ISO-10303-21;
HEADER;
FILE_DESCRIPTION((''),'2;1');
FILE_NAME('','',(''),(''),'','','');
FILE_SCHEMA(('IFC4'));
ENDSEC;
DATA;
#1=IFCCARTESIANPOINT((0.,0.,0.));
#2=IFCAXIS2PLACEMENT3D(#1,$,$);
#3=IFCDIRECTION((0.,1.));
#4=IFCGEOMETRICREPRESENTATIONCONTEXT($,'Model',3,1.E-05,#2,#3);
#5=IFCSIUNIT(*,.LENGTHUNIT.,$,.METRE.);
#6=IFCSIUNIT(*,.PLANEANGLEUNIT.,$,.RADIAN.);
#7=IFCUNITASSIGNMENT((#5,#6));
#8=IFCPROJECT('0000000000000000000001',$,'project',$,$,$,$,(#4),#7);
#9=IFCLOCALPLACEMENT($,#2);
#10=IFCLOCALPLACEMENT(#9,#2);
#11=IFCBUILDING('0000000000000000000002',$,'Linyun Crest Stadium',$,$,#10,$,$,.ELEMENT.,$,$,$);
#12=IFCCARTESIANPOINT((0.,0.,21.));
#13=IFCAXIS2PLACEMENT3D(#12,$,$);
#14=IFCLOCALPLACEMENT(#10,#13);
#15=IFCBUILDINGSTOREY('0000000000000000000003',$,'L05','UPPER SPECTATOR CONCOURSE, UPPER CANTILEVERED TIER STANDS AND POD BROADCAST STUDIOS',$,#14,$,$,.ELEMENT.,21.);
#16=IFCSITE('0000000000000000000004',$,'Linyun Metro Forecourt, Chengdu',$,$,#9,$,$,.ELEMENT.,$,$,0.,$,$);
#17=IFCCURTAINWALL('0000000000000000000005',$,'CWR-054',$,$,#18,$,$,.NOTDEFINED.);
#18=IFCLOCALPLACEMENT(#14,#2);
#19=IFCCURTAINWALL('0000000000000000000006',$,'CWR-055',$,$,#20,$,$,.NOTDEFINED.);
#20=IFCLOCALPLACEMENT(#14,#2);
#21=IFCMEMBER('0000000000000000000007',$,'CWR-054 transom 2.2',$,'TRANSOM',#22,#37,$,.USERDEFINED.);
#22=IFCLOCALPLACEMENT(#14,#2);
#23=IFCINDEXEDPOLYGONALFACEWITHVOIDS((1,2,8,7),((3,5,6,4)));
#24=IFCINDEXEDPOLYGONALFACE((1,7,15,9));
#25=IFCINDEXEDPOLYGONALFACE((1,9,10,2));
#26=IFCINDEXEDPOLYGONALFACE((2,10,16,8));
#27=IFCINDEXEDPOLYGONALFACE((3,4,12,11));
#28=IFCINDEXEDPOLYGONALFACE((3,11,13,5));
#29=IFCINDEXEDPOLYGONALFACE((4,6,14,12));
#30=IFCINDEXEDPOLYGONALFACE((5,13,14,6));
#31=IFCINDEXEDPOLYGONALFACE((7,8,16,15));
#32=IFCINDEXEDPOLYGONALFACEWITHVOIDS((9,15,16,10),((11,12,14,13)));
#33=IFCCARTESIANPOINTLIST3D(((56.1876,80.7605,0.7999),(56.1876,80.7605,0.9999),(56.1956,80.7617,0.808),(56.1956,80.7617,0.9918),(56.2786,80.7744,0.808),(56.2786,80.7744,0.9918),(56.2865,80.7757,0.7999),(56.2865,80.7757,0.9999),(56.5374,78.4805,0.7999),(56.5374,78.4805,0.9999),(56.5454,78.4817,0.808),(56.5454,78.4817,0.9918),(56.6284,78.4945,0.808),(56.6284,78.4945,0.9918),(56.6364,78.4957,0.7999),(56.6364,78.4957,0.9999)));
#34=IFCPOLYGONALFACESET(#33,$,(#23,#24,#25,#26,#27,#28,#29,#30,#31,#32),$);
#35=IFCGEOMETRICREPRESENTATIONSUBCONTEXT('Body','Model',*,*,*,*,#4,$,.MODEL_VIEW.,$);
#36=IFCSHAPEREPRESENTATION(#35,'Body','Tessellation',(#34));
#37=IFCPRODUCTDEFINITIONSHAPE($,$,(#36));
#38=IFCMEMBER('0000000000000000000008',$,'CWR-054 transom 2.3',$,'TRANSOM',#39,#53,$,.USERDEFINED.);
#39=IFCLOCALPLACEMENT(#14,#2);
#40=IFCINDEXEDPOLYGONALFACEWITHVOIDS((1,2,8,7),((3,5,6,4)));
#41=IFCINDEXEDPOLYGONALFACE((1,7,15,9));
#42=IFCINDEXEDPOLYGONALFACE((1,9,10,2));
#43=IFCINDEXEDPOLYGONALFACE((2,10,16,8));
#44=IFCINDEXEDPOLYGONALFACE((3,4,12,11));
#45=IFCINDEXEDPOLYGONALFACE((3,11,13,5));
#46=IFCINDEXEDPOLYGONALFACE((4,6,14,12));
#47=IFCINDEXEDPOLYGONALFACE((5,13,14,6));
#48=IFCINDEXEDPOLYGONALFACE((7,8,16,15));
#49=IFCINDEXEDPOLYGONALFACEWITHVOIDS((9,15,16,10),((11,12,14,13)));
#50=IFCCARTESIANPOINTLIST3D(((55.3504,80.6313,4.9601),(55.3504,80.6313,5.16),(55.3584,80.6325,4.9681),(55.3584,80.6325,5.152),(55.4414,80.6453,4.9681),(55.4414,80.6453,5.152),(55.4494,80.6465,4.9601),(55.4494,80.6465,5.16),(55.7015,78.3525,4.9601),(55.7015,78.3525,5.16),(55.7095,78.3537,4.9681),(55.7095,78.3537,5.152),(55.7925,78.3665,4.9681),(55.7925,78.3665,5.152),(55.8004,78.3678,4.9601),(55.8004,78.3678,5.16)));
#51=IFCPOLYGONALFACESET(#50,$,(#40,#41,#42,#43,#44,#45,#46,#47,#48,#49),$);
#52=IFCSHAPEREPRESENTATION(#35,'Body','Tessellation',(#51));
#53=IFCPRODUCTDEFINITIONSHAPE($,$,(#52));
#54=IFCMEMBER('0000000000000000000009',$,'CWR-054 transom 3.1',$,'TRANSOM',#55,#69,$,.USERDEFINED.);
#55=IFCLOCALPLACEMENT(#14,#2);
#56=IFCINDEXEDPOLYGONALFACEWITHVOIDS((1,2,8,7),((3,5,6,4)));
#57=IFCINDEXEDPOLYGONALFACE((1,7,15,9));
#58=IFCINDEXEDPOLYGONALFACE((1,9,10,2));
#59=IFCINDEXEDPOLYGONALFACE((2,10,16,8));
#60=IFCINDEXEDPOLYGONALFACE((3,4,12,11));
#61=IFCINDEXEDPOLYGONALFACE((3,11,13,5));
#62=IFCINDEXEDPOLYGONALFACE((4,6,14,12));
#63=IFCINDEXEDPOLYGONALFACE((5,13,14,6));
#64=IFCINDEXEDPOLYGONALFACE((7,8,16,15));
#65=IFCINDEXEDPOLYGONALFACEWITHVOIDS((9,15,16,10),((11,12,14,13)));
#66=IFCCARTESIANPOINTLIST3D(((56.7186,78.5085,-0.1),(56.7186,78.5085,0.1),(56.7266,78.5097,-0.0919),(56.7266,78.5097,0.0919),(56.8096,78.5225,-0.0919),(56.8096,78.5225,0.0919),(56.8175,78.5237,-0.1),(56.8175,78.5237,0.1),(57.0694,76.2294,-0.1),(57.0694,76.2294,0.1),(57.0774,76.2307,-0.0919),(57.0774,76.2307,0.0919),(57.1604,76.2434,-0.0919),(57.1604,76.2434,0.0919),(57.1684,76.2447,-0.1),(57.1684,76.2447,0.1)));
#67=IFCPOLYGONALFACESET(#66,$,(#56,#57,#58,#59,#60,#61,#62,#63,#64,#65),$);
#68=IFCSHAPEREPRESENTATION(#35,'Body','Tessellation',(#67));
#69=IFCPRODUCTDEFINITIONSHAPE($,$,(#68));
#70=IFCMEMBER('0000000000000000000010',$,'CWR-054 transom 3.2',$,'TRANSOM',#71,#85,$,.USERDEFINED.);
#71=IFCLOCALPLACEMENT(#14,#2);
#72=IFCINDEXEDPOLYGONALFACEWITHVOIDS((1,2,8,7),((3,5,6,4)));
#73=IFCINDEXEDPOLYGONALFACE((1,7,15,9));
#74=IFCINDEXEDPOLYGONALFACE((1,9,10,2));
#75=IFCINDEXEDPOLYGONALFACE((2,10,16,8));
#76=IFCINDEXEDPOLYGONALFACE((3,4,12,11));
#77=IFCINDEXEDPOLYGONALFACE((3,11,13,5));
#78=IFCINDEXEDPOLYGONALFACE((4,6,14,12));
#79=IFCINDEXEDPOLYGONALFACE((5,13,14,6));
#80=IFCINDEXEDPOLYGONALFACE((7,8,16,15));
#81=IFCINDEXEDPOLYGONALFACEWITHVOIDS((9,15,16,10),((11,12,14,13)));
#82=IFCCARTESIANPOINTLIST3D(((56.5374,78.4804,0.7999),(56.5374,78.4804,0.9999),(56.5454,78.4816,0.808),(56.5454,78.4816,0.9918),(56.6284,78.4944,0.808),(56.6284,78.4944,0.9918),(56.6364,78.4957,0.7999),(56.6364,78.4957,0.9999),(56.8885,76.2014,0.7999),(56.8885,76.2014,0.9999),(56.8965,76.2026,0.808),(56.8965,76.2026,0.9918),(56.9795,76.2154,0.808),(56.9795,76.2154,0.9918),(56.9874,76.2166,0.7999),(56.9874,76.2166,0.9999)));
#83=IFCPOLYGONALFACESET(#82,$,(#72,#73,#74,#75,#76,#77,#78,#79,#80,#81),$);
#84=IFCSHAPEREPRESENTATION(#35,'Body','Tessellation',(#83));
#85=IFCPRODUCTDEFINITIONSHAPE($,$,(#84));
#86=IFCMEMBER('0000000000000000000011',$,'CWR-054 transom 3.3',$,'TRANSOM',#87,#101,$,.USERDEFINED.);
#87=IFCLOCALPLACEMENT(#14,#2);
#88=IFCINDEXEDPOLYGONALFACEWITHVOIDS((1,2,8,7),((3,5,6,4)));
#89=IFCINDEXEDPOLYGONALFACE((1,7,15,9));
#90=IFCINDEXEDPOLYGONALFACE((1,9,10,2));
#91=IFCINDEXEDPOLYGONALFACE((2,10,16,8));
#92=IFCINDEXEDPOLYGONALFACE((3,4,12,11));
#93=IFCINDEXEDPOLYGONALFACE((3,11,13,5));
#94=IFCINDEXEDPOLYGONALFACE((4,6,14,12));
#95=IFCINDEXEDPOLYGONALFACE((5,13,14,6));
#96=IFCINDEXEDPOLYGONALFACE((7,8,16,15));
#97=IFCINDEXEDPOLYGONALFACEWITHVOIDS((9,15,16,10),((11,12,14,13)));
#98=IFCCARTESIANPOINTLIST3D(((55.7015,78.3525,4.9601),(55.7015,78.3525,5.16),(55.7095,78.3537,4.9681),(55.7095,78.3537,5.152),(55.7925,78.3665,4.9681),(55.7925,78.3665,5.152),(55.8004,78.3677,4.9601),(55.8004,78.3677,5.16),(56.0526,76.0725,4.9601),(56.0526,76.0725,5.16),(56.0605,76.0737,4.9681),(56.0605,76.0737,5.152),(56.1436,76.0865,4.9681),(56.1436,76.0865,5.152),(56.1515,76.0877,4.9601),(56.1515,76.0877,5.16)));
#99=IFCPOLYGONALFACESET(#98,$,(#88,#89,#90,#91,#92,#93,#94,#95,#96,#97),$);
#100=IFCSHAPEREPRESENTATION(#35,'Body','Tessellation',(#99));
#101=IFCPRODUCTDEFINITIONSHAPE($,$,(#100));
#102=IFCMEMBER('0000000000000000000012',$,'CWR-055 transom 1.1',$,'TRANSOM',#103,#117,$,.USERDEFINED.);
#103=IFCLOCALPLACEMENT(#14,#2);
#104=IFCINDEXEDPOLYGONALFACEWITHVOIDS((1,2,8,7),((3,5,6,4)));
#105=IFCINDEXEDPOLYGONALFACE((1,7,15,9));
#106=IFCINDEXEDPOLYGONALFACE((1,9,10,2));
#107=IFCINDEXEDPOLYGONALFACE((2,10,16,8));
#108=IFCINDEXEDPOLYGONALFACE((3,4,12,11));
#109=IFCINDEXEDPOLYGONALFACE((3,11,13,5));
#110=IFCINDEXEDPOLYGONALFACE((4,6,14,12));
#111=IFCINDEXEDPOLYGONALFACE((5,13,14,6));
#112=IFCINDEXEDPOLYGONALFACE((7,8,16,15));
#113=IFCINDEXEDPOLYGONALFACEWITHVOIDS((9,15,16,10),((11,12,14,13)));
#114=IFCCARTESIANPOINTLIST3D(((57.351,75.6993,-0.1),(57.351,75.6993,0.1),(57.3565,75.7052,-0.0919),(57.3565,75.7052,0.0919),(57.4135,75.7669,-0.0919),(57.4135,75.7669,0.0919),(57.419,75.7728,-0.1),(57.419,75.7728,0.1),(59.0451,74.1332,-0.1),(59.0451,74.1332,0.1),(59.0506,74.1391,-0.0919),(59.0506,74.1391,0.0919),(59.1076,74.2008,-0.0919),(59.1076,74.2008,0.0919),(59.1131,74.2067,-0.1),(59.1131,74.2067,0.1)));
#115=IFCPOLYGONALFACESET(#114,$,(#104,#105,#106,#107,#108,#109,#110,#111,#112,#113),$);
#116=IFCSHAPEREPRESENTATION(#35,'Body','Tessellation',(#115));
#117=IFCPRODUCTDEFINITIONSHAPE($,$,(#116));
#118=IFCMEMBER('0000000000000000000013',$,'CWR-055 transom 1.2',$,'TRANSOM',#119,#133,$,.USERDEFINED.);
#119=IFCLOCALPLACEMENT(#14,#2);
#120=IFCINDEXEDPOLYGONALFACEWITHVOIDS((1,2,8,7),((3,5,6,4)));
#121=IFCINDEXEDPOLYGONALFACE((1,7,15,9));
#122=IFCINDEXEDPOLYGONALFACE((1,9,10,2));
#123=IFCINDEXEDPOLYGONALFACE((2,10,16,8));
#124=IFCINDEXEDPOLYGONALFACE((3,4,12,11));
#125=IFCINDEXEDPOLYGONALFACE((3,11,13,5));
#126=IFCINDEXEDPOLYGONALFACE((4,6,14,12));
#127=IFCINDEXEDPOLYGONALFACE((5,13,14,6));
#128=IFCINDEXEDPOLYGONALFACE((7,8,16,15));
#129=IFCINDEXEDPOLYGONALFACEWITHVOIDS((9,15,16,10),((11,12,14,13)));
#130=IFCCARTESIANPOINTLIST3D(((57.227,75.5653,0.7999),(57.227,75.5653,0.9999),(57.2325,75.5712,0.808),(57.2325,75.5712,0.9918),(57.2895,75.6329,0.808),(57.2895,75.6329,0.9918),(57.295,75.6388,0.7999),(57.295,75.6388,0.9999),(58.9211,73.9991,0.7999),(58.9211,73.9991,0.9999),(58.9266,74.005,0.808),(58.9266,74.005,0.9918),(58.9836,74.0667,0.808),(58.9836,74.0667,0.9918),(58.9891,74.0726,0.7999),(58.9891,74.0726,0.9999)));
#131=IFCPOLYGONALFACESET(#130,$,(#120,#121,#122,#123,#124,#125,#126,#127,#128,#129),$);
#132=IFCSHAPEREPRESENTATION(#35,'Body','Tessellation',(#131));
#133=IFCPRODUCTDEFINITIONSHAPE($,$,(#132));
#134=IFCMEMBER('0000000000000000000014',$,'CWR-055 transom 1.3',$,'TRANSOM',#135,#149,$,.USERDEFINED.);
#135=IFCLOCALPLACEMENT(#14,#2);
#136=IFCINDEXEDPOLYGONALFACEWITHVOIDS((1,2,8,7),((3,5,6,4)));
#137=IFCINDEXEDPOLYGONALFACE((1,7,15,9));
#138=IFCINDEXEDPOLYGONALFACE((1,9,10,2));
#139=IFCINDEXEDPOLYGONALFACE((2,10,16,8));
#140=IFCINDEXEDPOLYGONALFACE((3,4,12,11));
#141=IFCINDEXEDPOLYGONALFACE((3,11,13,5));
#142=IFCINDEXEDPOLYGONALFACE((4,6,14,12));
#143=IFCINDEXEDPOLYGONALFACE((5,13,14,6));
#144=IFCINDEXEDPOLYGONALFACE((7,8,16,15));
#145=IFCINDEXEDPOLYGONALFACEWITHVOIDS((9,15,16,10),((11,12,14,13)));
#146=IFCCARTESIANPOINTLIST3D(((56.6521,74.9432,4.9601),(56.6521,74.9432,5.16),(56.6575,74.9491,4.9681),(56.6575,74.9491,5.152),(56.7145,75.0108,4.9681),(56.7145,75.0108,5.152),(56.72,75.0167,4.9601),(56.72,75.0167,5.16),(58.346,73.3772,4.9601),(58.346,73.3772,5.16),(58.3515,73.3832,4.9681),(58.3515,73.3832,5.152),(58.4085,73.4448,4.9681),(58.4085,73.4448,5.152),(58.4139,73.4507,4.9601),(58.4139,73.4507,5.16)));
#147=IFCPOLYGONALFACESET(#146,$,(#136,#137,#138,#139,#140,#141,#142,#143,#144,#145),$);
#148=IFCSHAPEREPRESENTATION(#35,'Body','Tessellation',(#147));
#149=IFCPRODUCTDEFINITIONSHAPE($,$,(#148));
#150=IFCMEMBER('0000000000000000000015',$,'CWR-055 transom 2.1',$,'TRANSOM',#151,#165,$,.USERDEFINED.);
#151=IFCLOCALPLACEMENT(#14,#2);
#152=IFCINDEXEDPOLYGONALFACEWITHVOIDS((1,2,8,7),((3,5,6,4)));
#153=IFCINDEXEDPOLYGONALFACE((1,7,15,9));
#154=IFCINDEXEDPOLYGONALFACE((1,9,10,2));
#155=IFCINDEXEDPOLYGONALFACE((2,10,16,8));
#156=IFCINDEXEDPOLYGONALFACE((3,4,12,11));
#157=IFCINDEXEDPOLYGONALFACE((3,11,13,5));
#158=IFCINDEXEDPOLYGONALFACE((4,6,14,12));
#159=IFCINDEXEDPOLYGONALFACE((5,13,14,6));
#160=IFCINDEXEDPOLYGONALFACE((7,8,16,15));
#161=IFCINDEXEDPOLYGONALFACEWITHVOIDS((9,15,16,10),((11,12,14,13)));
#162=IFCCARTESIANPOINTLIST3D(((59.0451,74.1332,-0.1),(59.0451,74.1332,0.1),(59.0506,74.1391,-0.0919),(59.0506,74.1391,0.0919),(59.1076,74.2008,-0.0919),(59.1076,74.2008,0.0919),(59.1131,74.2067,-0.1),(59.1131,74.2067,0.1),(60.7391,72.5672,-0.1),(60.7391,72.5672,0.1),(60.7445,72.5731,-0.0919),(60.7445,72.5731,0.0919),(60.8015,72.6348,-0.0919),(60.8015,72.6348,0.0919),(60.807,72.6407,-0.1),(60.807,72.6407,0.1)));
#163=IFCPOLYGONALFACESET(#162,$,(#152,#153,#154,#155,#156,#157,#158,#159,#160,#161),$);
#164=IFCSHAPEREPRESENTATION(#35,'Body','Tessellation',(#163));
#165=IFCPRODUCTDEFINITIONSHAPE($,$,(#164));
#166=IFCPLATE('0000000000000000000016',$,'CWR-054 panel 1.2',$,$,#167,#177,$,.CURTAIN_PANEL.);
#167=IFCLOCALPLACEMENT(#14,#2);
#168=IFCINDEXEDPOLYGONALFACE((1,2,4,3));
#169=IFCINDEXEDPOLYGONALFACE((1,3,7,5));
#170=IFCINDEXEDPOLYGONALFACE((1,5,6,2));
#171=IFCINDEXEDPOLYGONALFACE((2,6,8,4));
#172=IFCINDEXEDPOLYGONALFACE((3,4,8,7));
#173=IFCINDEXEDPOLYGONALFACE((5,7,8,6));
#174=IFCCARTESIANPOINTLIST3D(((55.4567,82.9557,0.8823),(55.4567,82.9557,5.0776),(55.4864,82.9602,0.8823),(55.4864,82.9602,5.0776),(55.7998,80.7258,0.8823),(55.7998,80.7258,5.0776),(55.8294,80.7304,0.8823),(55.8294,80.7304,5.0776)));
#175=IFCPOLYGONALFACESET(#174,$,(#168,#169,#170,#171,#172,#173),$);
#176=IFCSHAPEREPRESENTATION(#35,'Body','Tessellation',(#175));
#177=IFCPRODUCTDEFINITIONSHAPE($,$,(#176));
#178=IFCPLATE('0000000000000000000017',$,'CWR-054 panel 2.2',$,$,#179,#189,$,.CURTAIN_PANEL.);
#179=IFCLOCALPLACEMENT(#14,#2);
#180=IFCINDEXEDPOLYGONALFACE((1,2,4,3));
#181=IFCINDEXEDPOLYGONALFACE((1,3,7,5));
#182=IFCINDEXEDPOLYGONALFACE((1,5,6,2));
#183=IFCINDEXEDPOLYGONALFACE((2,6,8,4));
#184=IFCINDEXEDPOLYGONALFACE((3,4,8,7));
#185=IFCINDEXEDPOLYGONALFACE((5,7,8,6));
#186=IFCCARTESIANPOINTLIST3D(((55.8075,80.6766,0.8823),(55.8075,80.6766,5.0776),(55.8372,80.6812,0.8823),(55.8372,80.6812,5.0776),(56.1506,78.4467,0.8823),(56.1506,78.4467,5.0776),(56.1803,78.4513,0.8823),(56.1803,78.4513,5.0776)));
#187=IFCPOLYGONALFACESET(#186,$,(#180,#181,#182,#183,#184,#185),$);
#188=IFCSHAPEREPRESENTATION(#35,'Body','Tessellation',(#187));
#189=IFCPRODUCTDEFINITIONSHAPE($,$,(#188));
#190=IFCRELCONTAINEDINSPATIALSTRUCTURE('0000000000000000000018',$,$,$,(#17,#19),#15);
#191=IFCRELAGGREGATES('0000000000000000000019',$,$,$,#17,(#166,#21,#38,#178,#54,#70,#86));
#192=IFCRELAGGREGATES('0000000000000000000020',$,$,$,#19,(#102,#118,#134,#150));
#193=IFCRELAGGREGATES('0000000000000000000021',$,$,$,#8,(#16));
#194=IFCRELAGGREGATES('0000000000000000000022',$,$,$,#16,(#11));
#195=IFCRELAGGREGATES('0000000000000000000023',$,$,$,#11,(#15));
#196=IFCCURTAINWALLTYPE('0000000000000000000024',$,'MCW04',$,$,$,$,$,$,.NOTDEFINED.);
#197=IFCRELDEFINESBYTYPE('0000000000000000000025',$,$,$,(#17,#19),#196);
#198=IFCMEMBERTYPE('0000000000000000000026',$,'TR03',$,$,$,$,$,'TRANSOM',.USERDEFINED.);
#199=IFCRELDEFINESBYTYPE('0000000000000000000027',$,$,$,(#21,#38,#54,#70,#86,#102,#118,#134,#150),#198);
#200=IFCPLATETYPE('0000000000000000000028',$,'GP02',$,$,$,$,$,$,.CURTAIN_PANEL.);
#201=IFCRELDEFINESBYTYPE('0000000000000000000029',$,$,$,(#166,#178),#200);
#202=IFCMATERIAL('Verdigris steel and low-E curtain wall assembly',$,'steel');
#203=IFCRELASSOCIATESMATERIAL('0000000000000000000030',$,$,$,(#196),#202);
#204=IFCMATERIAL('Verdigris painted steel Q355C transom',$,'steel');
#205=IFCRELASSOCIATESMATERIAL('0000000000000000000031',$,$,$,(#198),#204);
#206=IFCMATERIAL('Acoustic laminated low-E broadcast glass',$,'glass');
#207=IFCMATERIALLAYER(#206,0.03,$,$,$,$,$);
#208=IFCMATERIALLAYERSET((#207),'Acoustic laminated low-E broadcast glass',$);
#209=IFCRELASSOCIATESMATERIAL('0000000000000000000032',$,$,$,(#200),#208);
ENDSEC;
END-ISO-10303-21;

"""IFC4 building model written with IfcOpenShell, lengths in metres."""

from ifc_helpers import new_model, si_unit, direction, frame, origin, origin_2d, place, context, subcontext, project, spatial, rectangle, hollow_rectangle, extrude, material, layer, layer_set, material_profile, profile_set, type_object, element, aggregate, save


model = new_model("IFC4")

# Units and contexts
model_context = context("Model", 3, precision=1e-05, world=origin(), true_north=direction((0.0, 1.0)))
body_context = subcontext(model_context, "Body", "Model", "MODEL_VIEW")
ifc_project = project(units=[si_unit("LENGTHUNIT", "METRE"), si_unit("PLANEANGLEUNIT", "RADIAN")], contexts=[model_context])

# Site, building, storey
site_placement = place(None, origin())
site = spatial("IfcSite", under=ifc_project, at=site_placement, Name="Linyun Metro Forecourt, Chengdu", CompositionType="ELEMENT", RefElevation=0.0)
building_placement = place(site_placement, origin())
building = spatial("IfcBuilding", under=site, at=building_placement, Name="Linyun Crest Stadium", CompositionType="ELEMENT")
storey_placement = place(building_placement, frame((0.0, 0.0, 21.0)))
storey = spatial("IfcBuildingStorey", under=building, at=storey_placement, Name="L05", Description="UPPER SPECTATOR CONCOURSE, UPPER CANTILEVERED TIER STANDS AND POD BROADCAST STUDIOS", CompositionType="ELEMENT", Elevation=21.0)

# Curtain wall
ifc_material_1 = material(Name="Verdigris steel and low-E curtain wall assembly", Category="steel")
curtain_wall_type = type_object("IfcCurtainWallType", Name="MCW04", PredefinedType="NOTDEFINED", material=ifc_material_1)
curtain_wall_1_placement = place(storey_placement, origin())
curtain_wall_1 = element("IfcCurtainWall", 1, at=curtain_wall_1_placement, inside=storey, type_object=curtain_wall_type, Name="CWR-054", PredefinedType="NOTDEFINED")

# Curtain wall
curtain_wall_2_placement = place(storey_placement, origin())
curtain_wall_2 = element("IfcCurtainWall", 2, at=curtain_wall_2_placement, inside=storey, type_object=curtain_wall_type, Name="CWR-055", PredefinedType="NOTDEFINED")

# Members
ifc_material_2 = material(Name="Verdigris painted steel Q355C transom", Category="steel")
ifc_material_profile_1 = material_profile(ifc_material_2, hollow_rectangle(XDim=0.1001, YDim=0.2, WallThickness=0.0081, at=origin_2d()), Name="RHS 200x100x8")
ifc_profile_set_1 = profile_set([ifc_material_profile_1], Name="Verdigris painted steel Q355C transom")
member_type_1 = type_object("IfcMemberType", Name="TR03", ElementType="TRANSOM", PredefinedType="USERDEFINED", material=ifc_profile_set_1)
member_1_placement = place(storey_placement, frame((56.2371, 80.7681, 0.8999), z_axis=(0.151667, -0.988432, 0.0), x_axis=(0.988432, 0.151667, 0.0)))
member_1 = element("IfcMember", 3, at=member_1_placement, type_object=member_type_1, Name="CWR-054 transom 2.2", ObjectType="TRANSOM", PredefinedType="USERDEFINED", context=body_context, shape_type="SweptSolid", body=[
    extrude(hollow_rectangle(XDim=0.1001, YDim=0.2, WallThickness=0.0081, at=origin_2d()), origin(), (0.0, 0.0, 1.0), 2.3066),
])
member_2_placement = place(storey_placement, frame((55.3999, 80.6389, 5.0601), z_axis=(0.152264, -0.98834, 0.0), x_axis=(0.98834, 0.152264, 0.0)))
member_2 = element("IfcMember", 4, at=member_2_placement, type_object=member_type_1, Name="CWR-054 transom 2.3", ObjectType="TRANSOM", PredefinedType="USERDEFINED", context=body_context, shape_type="SweptSolid", body=[
    extrude(hollow_rectangle(XDim=0.1001, YDim=0.2, WallThickness=0.0081, at=origin_2d()), origin(), (0.0, 0.0, 1.0), 2.3057),
])
member_3_placement = place(storey_placement, frame((56.7681, 78.5161, 0.0), z_axis=(0.152145, -0.988358, 0.0), x_axis=(0.988358, 0.152145, 0.0)))
member_3 = element("IfcMember", 5, at=member_3_placement, type_object=member_type_1, Name="CWR-054 transom 3.1", ObjectType="TRANSOM", PredefinedType="USERDEFINED", context=body_context, shape_type="SweptSolid", body=[
    extrude(hollow_rectangle(XDim=0.1001, YDim=0.2, WallThickness=0.0081, at=origin_2d()), origin(), (0.0, 0.0, 1.0), 2.3059),
])
member_4_placement = place(storey_placement, frame((56.5869, 78.488, 0.8999), z_axis=(0.152248, -0.988342, 0.0), x_axis=(0.988342, 0.152248, 0.0)))
member_4 = element("IfcMember", 6, at=member_4_placement, type_object=member_type_1, Name="CWR-054 transom 3.2", ObjectType="TRANSOM", PredefinedType="USERDEFINED", context=body_context, shape_type="SweptSolid", body=[
    extrude(hollow_rectangle(XDim=0.1001, YDim=0.2, WallThickness=0.0081, at=origin_2d()), origin(), (0.0, 0.0, 1.0), 2.3059),
])
member_5_placement = place(storey_placement, frame((55.751, 78.3601, 5.0601), z_axis=(0.152184, -0.988352, 0.0), x_axis=(0.988352, 0.152184, 0.0)))
member_5 = element("IfcMember", 7, at=member_5_placement, type_object=member_type_1, Name="CWR-054 transom 3.3", ObjectType="TRANSOM", PredefinedType="USERDEFINED", context=body_context, shape_type="SweptSolid", body=[
    extrude(hollow_rectangle(XDim=0.1001, YDim=0.2, WallThickness=0.0081, at=origin_2d()), origin(), (0.0, 0.0, 1.0), 2.3069),
])
member_6_placement = place(storey_placement, frame((57.385, 75.7361, 0.0), z_axis=(0.734288, -0.678838, 0.0), x_axis=(0.678838, 0.734288, 0.0)))
member_6 = element("IfcMember", 8, at=member_6_placement, type_object=member_type_1, Name="CWR-055 transom 1.1", ObjectType="TRANSOM", PredefinedType="USERDEFINED", context=body_context, shape_type="SweptSolid", body=[
    extrude(hollow_rectangle(XDim=0.1001, YDim=0.2, WallThickness=0.0081, at=origin_2d()), origin(), (0.0, 0.0, 1.0), 2.3071),
])
member_7_placement = place(storey_placement, frame((57.261, 75.6021, 0.8999), z_axis=(0.734288, -0.678838, 0.0), x_axis=(0.678838, 0.734288, 0.0)))
member_7 = element("IfcMember", 9, at=member_7_placement, type_object=member_type_1, Name="CWR-055 transom 1.2", ObjectType="TRANSOM", PredefinedType="USERDEFINED", context=body_context, shape_type="SweptSolid", body=[
    extrude(hollow_rectangle(XDim=0.1001, YDim=0.2, WallThickness=0.0081, at=origin_2d()), origin(), (0.0, 0.0, 1.0), 2.3071),
])
member_8_placement = place(storey_placement, frame((56.686, 74.98, 5.0601), z_axis=(0.734292, -0.678834, 0.0), x_axis=(0.678834, 0.734292, 0.0)))
member_8 = element("IfcMember", 10, at=member_8_placement, type_object=member_type_1, Name="CWR-055 transom 1.3", ObjectType="TRANSOM", PredefinedType="USERDEFINED", context=body_context, shape_type="SweptSolid", body=[
    extrude(hollow_rectangle(XDim=0.1001, YDim=0.2, WallThickness=0.0081, at=origin_2d()), origin(), (0.0, 0.0, 1.0), 2.3069),
])
member_9_placement = place(storey_placement, frame((59.0791, 74.1699, 0.0), z_axis=(0.734292, -0.678834, 0.0), x_axis=(0.678834, 0.734292, 0.0)))
member_9 = element("IfcMember", 11, at=member_9_placement, type_object=member_type_1, Name="CWR-055 transom 2.1", ObjectType="TRANSOM", PredefinedType="USERDEFINED", context=body_context, shape_type="SweptSolid", body=[
    extrude(hollow_rectangle(XDim=0.1001, YDim=0.2, WallThickness=0.0081, at=origin_2d()), origin(), (0.0, 0.0, 1.0), 2.3069),
])

# Plates
ifc_material_3 = material(Name="Acoustic laminated low-E broadcast glass", Category="glass")
ifc_layer_1 = layer(ifc_material_3, 0.03)
ifc_layer_set_1 = layer_set([ifc_layer_1], Name="Acoustic laminated low-E broadcast glass")
plate_type_1 = type_object("IfcPlateType", Name="GP02", PredefinedType="CURTAIN_PANEL", material=ifc_layer_set_1)
plate_1_placement = place(storey_placement, frame((55.6431, 81.843, 0.8823), z_axis=(0.0, 0.0, 1.0), x_axis=(0.152054, -0.988372, 0.0)))
plate_1 = element("IfcPlate", 12, at=plate_1_placement, type_object=plate_type_1, Name="CWR-054 panel 1.2", PredefinedType="CURTAIN_PANEL", context=body_context, shape_type="SweptSolid", body=[
    extrude(rectangle(XDim=2.2561, YDim=0.03, at=origin_2d()), origin(), (0.0, 0.0, 1.0), 4.1953),
])
plate_2_placement = place(storey_placement, frame((55.9939, 79.564, 0.8823), z_axis=(0.0, 0.0, 1.0), x_axis=(0.152054, -0.988372, 0.0)))
plate_2 = element("IfcPlate", 13, at=plate_2_placement, type_object=plate_type_1, Name="CWR-054 panel 2.2", PredefinedType="CURTAIN_PANEL", context=body_context, shape_type="SweptSolid", body=[
    extrude(rectangle(XDim=2.2561, YDim=0.03, at=origin_2d()), origin(), (0.0, 0.0, 1.0), 4.1953),
])
aggregate(curtain_wall_1, [plate_1, member_1, member_2, plate_2, member_3, member_4, member_5])
aggregate(curtain_wall_2, [member_6, member_7, member_8, member_9])

save(model, "model.ifc")
